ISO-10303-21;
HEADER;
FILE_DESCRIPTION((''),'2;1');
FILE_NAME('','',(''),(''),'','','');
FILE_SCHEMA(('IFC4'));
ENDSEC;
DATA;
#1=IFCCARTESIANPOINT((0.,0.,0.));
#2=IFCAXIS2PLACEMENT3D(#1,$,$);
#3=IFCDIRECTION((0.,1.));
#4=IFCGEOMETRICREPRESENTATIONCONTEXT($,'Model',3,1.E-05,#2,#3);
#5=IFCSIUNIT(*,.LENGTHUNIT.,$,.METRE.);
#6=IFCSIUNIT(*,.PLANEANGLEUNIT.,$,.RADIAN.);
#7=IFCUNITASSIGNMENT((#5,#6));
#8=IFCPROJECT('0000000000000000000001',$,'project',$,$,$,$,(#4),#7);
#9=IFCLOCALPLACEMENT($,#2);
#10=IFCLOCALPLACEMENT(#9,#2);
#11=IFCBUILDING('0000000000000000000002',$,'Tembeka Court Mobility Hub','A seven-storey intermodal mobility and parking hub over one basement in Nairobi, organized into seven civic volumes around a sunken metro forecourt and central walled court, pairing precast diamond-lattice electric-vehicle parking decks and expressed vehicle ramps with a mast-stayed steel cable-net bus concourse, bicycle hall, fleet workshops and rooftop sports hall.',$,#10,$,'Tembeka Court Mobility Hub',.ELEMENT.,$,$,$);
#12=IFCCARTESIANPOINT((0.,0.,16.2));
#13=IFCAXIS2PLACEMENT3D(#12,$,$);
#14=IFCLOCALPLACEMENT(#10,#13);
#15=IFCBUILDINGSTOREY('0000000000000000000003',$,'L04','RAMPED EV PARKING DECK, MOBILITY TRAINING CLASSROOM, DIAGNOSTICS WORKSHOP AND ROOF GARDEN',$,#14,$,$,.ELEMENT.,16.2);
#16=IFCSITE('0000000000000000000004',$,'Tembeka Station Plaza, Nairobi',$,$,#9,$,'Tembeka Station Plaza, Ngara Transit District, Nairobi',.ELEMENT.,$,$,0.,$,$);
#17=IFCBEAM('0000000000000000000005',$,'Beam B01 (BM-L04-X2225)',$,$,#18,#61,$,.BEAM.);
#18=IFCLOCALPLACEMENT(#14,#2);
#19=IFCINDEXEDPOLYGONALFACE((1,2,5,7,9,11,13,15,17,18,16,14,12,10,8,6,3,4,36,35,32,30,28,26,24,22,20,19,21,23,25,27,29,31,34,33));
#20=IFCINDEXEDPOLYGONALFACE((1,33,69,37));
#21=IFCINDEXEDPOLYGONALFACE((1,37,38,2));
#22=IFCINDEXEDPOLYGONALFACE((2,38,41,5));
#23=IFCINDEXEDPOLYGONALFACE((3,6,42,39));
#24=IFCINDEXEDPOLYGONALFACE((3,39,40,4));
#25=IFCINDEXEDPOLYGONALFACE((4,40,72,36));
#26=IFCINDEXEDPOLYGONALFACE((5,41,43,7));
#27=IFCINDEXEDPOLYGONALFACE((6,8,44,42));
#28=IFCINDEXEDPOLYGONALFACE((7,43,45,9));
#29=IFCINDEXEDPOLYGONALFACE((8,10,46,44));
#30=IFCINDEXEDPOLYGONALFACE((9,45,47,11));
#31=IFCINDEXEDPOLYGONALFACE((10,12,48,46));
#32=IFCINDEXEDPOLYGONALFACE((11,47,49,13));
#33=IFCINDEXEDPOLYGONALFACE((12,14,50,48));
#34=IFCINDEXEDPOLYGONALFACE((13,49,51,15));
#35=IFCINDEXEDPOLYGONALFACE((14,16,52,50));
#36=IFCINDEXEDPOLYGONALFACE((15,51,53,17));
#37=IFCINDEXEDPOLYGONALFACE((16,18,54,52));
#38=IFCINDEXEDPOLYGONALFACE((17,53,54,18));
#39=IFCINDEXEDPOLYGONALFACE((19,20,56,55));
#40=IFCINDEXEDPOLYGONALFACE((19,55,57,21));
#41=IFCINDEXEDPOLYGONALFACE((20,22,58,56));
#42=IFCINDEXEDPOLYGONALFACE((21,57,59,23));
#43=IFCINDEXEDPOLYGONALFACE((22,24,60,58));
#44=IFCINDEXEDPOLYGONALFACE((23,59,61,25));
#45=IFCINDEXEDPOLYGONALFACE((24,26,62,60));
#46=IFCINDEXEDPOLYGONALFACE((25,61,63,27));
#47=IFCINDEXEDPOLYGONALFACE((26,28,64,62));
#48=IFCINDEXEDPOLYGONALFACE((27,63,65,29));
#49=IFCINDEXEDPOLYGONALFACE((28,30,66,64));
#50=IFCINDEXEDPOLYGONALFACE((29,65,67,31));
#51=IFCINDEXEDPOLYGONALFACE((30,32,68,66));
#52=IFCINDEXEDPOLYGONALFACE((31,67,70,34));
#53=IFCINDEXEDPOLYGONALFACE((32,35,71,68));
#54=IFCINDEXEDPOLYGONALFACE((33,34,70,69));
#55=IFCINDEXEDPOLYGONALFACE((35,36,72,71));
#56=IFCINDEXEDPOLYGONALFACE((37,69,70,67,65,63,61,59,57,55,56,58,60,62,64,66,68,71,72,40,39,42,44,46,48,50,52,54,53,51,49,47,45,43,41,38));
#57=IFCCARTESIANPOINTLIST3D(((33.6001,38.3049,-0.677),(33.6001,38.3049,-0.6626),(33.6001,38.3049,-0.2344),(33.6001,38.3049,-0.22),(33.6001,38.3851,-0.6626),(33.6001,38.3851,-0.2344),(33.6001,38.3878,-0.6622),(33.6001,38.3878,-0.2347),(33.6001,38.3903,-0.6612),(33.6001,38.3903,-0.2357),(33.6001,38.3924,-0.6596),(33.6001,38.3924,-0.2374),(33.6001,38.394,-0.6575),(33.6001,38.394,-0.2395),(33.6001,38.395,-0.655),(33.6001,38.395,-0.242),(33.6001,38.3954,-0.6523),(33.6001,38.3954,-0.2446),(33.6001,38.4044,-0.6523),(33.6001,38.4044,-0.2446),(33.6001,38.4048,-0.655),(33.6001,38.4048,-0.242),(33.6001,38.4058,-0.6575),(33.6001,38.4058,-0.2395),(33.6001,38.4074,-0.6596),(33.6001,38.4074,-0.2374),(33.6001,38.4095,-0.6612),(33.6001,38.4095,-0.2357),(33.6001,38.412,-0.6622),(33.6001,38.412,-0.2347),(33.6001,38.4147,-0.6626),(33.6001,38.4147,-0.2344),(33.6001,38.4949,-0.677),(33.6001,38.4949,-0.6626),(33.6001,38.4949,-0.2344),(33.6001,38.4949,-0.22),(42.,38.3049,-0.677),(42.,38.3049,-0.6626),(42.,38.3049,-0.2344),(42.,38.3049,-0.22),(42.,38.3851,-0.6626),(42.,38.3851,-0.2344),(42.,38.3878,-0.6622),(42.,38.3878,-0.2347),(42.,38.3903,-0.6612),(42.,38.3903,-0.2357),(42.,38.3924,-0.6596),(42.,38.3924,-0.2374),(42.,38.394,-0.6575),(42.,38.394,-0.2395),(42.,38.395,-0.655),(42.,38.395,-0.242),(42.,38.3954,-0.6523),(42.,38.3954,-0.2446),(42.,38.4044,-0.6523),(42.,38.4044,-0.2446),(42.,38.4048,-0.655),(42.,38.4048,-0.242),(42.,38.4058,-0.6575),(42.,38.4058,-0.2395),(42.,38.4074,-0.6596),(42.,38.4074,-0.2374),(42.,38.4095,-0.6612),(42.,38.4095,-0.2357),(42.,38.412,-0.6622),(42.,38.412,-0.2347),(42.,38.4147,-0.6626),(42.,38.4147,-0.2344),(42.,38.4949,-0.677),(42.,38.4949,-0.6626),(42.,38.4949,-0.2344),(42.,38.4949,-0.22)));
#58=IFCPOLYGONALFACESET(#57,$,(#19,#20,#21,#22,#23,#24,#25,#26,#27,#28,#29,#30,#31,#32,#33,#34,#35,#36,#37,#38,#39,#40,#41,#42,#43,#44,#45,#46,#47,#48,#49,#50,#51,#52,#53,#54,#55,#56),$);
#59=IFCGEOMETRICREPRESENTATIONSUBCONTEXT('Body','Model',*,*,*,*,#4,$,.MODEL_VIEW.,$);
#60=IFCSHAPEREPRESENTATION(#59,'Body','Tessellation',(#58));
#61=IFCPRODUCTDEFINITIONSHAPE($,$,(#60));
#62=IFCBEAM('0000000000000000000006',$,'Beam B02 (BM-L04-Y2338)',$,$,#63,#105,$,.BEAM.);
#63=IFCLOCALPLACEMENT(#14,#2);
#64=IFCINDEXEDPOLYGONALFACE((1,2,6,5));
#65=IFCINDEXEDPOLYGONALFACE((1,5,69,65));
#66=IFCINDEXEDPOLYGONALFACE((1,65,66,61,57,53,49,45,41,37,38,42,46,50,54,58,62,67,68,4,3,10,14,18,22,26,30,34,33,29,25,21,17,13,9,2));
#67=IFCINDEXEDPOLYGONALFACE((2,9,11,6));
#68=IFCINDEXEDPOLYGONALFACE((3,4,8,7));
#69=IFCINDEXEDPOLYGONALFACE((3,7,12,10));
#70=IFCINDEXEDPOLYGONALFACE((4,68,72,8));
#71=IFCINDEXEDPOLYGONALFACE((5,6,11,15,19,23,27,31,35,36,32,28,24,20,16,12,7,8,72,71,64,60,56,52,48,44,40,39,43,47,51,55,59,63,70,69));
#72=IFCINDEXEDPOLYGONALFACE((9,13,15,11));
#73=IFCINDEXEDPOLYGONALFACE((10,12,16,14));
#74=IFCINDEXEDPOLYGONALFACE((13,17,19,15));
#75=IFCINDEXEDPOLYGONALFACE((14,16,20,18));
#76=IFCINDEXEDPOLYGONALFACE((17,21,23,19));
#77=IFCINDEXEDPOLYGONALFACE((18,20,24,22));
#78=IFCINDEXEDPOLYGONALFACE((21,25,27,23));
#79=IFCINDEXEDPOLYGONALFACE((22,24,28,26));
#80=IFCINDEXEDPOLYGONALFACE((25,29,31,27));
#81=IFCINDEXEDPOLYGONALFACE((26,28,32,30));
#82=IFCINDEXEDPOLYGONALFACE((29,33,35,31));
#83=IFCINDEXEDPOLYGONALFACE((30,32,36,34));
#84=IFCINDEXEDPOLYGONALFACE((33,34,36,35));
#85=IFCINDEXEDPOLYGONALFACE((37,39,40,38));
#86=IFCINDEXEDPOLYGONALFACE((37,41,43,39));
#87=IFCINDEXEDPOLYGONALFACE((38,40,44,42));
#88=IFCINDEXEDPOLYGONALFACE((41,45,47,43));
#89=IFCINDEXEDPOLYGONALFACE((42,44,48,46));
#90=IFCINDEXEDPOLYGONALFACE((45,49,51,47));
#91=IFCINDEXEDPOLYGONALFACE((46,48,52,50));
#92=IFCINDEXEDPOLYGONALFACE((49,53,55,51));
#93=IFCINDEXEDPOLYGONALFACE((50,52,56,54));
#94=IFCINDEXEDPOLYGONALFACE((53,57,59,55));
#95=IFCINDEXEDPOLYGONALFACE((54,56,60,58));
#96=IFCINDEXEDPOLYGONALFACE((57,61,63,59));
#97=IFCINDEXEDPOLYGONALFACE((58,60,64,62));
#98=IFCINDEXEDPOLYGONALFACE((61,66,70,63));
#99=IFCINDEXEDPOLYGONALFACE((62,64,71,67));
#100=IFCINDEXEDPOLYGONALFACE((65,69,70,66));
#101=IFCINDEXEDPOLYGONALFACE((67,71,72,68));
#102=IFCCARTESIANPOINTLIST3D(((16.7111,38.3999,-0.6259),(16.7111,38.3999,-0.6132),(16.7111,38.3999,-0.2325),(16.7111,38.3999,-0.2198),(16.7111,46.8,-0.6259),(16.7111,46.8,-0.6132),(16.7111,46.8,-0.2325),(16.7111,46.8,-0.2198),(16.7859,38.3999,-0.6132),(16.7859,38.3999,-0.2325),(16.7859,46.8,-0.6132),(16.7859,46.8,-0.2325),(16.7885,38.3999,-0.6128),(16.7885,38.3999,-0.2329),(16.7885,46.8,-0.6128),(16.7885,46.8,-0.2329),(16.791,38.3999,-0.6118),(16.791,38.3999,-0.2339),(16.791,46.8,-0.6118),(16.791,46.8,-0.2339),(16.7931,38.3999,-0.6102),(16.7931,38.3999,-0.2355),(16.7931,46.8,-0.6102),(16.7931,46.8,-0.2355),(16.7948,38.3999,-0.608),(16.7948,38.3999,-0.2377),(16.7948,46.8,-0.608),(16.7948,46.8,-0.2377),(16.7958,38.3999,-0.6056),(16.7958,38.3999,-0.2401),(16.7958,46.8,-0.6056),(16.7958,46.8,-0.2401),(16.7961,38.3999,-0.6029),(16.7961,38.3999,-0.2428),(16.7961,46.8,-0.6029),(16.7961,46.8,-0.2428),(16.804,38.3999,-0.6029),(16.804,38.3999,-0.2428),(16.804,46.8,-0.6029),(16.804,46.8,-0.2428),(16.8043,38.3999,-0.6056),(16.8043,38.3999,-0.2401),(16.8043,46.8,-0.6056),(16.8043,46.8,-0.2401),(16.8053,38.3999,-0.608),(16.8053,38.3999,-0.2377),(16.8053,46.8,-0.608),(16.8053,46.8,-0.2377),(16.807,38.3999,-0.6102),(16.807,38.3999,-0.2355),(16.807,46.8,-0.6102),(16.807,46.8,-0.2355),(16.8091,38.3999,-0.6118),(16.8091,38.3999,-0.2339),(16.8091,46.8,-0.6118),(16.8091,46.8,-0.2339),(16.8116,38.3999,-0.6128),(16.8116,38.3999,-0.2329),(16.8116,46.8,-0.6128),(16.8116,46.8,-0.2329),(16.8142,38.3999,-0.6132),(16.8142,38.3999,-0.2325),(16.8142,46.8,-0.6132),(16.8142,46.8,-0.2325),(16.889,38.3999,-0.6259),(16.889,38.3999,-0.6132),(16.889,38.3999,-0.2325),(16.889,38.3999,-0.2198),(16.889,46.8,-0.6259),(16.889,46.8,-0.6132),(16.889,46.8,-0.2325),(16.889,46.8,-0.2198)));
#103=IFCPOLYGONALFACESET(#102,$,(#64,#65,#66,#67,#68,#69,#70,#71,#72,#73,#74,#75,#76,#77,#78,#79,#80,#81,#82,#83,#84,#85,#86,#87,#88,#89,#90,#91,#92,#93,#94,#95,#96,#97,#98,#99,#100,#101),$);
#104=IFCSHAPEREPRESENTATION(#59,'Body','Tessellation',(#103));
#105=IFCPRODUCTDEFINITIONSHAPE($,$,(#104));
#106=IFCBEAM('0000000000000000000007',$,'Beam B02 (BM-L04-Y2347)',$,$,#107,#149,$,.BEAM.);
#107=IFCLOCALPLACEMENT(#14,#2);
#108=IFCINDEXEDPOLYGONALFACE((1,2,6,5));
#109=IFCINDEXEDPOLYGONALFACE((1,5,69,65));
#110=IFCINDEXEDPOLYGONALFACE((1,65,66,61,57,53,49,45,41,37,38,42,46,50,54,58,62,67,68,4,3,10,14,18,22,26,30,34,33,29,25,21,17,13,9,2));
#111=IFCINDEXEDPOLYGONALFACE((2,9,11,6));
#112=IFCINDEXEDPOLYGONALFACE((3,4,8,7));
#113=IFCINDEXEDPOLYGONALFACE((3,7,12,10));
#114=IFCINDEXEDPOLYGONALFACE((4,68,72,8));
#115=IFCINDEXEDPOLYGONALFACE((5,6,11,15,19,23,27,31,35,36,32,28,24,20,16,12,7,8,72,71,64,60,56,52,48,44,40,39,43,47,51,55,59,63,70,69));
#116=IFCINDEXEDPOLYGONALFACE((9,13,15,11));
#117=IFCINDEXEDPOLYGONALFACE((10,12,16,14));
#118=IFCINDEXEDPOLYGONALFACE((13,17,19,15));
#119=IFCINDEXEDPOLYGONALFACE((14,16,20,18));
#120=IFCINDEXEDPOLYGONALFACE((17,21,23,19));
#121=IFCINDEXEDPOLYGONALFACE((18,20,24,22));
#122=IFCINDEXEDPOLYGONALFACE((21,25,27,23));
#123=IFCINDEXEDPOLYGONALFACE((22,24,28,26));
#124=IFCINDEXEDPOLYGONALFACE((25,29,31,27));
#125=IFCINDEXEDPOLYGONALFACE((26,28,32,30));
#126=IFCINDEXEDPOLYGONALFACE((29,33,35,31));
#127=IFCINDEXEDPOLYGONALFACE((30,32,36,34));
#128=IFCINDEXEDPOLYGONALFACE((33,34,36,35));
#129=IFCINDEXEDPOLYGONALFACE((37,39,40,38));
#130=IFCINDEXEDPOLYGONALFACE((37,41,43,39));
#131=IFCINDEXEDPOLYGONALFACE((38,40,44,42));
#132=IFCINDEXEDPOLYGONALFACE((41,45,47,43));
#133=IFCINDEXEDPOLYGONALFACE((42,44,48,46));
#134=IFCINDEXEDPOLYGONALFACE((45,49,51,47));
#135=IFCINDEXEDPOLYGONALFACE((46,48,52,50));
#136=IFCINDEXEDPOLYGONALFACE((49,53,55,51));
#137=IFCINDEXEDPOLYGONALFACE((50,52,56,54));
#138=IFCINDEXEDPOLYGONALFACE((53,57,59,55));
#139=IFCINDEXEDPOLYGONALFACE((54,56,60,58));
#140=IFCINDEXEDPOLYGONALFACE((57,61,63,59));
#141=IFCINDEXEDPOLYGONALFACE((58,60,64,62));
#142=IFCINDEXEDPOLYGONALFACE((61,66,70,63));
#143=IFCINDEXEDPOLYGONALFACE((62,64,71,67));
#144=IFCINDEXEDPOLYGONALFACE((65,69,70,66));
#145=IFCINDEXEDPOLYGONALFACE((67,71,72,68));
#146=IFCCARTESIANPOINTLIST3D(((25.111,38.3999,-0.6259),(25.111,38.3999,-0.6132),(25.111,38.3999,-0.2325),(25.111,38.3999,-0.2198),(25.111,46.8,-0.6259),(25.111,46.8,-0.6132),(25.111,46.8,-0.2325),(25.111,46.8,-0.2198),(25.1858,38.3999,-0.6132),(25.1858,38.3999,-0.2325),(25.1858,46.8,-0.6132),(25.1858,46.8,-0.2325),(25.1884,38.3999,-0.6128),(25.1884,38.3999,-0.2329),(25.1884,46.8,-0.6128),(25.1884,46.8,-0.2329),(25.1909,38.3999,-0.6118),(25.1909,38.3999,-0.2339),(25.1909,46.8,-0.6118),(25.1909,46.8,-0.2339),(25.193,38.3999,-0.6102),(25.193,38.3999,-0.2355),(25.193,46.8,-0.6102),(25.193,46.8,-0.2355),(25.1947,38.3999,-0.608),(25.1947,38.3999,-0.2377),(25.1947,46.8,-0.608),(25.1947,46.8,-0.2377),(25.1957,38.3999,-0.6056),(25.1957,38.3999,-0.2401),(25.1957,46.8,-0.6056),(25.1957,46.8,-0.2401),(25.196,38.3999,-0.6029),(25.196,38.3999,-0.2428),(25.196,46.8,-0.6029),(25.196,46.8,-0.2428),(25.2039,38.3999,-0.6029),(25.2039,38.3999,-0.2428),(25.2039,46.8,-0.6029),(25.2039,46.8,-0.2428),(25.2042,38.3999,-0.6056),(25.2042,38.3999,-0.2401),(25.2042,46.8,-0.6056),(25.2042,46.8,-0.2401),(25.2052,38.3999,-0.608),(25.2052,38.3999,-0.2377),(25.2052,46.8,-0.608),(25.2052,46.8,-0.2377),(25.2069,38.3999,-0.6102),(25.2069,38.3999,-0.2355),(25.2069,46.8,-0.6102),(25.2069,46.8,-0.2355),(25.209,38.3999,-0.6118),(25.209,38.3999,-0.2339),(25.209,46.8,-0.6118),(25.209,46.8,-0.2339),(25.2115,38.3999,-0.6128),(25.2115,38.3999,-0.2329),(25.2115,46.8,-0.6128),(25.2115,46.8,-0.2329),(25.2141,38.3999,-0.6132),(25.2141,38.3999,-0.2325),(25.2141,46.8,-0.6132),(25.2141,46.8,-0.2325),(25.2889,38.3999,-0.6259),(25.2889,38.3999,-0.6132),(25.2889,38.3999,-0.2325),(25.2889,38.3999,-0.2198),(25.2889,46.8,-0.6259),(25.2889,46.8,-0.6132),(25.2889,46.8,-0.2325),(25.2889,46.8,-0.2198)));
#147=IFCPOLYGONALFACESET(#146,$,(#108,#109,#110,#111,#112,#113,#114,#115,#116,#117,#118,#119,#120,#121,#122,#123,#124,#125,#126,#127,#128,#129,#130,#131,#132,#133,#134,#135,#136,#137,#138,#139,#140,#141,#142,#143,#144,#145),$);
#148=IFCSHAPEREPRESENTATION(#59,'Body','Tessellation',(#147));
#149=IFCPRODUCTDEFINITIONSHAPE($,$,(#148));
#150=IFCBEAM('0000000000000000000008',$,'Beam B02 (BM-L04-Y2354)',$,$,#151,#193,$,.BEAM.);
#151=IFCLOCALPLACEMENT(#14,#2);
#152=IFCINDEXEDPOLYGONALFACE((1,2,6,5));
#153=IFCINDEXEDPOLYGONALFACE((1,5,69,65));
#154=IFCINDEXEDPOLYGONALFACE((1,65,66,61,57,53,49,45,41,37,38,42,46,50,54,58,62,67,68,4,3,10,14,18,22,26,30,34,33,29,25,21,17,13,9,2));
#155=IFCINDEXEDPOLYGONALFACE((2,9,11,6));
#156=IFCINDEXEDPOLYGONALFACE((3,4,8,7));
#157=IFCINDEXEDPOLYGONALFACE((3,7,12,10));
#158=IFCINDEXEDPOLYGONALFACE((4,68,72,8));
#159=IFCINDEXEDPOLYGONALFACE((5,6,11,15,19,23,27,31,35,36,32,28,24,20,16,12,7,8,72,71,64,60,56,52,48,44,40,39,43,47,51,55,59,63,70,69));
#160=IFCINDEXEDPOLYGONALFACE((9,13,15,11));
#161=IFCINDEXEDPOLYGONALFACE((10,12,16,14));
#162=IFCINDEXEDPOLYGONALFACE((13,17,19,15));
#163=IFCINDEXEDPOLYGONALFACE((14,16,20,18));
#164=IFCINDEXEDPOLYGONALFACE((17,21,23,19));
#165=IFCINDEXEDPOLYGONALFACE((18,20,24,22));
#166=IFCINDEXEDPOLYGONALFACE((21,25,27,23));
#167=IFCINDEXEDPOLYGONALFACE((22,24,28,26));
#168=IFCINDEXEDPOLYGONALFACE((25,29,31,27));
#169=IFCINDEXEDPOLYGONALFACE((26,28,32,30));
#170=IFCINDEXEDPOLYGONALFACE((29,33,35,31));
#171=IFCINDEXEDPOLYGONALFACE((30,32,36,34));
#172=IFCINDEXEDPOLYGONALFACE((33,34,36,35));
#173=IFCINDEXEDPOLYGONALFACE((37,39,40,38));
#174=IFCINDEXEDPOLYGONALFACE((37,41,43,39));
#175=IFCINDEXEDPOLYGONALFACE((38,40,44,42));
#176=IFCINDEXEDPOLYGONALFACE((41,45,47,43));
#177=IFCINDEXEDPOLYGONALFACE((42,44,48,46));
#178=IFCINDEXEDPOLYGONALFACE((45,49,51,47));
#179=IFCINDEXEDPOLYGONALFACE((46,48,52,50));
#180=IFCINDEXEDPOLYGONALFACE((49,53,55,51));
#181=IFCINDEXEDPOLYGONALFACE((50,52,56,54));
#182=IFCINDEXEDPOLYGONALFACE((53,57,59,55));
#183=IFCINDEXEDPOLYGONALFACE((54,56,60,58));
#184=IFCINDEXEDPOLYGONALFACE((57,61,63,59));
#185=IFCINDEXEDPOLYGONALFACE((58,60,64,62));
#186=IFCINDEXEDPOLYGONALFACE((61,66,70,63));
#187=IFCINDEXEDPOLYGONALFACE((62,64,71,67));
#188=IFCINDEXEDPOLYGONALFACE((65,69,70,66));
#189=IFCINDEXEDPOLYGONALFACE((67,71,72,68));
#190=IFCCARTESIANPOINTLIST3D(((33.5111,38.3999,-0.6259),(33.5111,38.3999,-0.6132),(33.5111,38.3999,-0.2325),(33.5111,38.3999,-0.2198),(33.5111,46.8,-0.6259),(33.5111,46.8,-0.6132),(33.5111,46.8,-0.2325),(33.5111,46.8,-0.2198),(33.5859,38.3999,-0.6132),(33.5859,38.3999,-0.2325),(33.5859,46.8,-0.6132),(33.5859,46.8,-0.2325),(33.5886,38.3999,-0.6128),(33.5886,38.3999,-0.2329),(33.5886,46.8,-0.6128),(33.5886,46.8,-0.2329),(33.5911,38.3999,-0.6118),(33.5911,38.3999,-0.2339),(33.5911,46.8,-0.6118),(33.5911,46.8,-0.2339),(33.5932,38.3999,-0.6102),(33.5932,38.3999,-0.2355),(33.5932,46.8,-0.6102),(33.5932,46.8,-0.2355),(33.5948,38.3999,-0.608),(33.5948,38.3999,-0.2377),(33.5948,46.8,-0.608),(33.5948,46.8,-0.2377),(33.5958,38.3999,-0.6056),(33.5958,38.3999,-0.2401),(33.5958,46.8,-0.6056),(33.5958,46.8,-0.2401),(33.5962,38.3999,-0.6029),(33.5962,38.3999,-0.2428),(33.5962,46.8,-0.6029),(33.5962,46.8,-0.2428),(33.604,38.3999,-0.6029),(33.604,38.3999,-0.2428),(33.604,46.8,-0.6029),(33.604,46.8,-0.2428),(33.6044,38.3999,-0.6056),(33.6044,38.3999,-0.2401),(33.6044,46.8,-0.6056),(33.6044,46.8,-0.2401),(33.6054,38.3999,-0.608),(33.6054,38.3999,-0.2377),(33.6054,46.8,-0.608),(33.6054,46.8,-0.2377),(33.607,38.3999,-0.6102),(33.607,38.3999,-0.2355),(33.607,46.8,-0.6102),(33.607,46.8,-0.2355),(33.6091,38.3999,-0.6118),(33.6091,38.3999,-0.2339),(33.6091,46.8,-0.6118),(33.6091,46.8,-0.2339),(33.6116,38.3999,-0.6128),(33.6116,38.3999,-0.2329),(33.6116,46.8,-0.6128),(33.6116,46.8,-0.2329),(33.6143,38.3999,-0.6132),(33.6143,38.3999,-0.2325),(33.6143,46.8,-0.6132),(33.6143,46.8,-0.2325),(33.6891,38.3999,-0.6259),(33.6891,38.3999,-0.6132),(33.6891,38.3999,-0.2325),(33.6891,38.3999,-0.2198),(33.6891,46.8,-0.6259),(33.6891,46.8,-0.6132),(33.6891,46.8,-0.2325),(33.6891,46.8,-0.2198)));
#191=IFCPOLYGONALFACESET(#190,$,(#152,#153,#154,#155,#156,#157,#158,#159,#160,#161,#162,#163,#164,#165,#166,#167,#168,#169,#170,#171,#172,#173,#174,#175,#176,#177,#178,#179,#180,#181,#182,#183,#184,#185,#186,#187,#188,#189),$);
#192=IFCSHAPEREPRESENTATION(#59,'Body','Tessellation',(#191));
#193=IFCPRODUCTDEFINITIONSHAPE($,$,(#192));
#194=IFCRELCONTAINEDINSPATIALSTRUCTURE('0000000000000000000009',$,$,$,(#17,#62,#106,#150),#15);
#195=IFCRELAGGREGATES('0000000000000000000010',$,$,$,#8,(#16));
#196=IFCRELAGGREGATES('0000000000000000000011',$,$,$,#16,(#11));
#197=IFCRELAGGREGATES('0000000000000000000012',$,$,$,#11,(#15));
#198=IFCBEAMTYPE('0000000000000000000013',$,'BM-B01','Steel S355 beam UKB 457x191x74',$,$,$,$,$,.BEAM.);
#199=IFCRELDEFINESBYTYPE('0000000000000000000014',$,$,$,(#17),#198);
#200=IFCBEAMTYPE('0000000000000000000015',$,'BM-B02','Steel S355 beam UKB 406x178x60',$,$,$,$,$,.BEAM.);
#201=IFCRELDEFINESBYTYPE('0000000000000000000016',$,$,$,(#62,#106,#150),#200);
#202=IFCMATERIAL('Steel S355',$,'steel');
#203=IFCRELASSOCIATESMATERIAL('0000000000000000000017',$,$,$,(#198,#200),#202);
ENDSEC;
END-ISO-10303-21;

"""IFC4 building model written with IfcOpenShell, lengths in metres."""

from ifc_helpers import new_model, si_unit, direction, frame, origin, origin_2d, place, context, subcontext, project, spatial, i_section, extrude, material, material_profile, profile_set, type_object, element, save


model = new_model("IFC4")

# Units and contexts
model_context = context("Model", 3, precision=1e-05, world=origin(), true_north=direction((0.0, 1.0)))
body_context = subcontext(model_context, "Body", "Model", "MODEL_VIEW")
ifc_project = project(units=[si_unit("LENGTHUNIT", "METRE"), si_unit("PLANEANGLEUNIT", "RADIAN")], contexts=[model_context])

# Site, building, storey
site_placement = place(None, origin())
site = spatial("IfcSite", under=ifc_project, at=site_placement, Name="Tembeka Station Plaza, Nairobi", LongName="Tembeka Station Plaza, Ngara Transit District, Nairobi", CompositionType="ELEMENT", RefElevation=0.0)
building_placement = place(site_placement, origin())
building = spatial("IfcBuilding", under=site, at=building_placement, Name="Tembeka Court Mobility Hub", Description="A seven-storey intermodal mobility and parking hub over one basement in Nairobi, organized into seven civic volumes around a sunken metro forecourt and central walled court, pairing precast diamond-lattice electric-vehicle parking decks and expressed vehicle ramps with a mast-stayed steel cable-net bus concourse, bicycle hall, fleet workshops and rooftop sports hall.", LongName="Tembeka Court Mobility Hub", CompositionType="ELEMENT")
storey_placement = place(building_placement, frame((0.0, 0.0, 16.2)))
storey = spatial("IfcBuildingStorey", under=building, at=storey_placement, Name="L04", Description="RAMPED EV PARKING DECK, MOBILITY TRAINING CLASSROOM, DIAGNOSTICS WORKSHOP AND ROOF GARDEN", CompositionType="ELEMENT", Elevation=16.2)

# Shared definitions
ifc_material_1 = material(Name="Steel S355", Category="steel")

# Beams
ifc_material_profile_1 = material_profile(ifc_material_1, i_section(OverallWidth=0.1899, OverallDepth=0.457, WebThickness=0.009, FlangeThickness=0.0144, FilletRadius=0.0103, at=origin_2d()), Name="UKB 457x191x74")
ifc_profile_set_1 = profile_set([ifc_material_profile_1], Name="Steel S355")
beam_type_1 = type_object("IfcBeamType", Name="BM-B01", Description="Steel S355 beam UKB 457x191x74", PredefinedType="BEAM", material=ifc_profile_set_1)
beam_1_placement = place(storey_placement, frame((33.6001, 38.3999, -0.4485), z_axis=(1.0, 0.0, 0.0), x_axis=(0.0, 1.0, 0.0)))
element("IfcBeam", 1, at=beam_1_placement, inside=storey, type_object=beam_type_1, Name="Beam B01 (BM-L04-X2225)", PredefinedType="BEAM", context=body_context, shape_type="SweptSolid", body=[
    extrude(i_section(OverallWidth=0.1899, OverallDepth=0.457, WebThickness=0.009, FlangeThickness=0.0144, FilletRadius=0.0103, at=origin_2d()), origin(), (0.0, 0.0, 1.0), 8.3999),
])
ifc_material_profile_2 = material_profile(ifc_material_1, i_section(OverallWidth=0.178, OverallDepth=0.406, WebThickness=0.0078, FlangeThickness=0.0127, FilletRadius=0.0103, at=origin_2d()), Name="UKB 406x178x60")
ifc_profile_set_2 = profile_set([ifc_material_profile_2], Name="Steel S355")
beam_type_2 = type_object("IfcBeamType", Name="BM-B02", Description="Steel S355 beam UKB 406x178x60", PredefinedType="BEAM", material=ifc_profile_set_2)
for number, where, z_axis, x_axis, name in (
    (2, (16.8, 38.3999, -0.4229), (0.0, 1.0, 0.0), (-1.0, 0.0, 0.0), "Beam B02 (BM-L04-Y2338)"),
    (3, (25.2, 38.3999, -0.4229), (0.0, 1.0, 0.0), (-1.0, 0.0, 0.0), "Beam B02 (BM-L04-Y2347)"),
    (4, (33.6001, 38.3999, -0.4229), (0.0, 1.0, 0.0), (-1.0, 0.0, 0.0), "Beam B02 (BM-L04-Y2354)"),
):
    element("IfcBeam", number, at=place(storey_placement, frame(where, z_axis=z_axis, x_axis=x_axis)), inside=storey, type_object=beam_type_2, Name=name, PredefinedType="BEAM", context=body_context, shape_type="SweptSolid", body=[
        extrude(i_section(OverallWidth=0.178, OverallDepth=0.406, WebThickness=0.0078, FlangeThickness=0.0127, FilletRadius=0.0103, at=origin_2d()), origin(), (0.0, 0.0, 1.0), 8.4001),
    ])

save(model, "model.ifc")
